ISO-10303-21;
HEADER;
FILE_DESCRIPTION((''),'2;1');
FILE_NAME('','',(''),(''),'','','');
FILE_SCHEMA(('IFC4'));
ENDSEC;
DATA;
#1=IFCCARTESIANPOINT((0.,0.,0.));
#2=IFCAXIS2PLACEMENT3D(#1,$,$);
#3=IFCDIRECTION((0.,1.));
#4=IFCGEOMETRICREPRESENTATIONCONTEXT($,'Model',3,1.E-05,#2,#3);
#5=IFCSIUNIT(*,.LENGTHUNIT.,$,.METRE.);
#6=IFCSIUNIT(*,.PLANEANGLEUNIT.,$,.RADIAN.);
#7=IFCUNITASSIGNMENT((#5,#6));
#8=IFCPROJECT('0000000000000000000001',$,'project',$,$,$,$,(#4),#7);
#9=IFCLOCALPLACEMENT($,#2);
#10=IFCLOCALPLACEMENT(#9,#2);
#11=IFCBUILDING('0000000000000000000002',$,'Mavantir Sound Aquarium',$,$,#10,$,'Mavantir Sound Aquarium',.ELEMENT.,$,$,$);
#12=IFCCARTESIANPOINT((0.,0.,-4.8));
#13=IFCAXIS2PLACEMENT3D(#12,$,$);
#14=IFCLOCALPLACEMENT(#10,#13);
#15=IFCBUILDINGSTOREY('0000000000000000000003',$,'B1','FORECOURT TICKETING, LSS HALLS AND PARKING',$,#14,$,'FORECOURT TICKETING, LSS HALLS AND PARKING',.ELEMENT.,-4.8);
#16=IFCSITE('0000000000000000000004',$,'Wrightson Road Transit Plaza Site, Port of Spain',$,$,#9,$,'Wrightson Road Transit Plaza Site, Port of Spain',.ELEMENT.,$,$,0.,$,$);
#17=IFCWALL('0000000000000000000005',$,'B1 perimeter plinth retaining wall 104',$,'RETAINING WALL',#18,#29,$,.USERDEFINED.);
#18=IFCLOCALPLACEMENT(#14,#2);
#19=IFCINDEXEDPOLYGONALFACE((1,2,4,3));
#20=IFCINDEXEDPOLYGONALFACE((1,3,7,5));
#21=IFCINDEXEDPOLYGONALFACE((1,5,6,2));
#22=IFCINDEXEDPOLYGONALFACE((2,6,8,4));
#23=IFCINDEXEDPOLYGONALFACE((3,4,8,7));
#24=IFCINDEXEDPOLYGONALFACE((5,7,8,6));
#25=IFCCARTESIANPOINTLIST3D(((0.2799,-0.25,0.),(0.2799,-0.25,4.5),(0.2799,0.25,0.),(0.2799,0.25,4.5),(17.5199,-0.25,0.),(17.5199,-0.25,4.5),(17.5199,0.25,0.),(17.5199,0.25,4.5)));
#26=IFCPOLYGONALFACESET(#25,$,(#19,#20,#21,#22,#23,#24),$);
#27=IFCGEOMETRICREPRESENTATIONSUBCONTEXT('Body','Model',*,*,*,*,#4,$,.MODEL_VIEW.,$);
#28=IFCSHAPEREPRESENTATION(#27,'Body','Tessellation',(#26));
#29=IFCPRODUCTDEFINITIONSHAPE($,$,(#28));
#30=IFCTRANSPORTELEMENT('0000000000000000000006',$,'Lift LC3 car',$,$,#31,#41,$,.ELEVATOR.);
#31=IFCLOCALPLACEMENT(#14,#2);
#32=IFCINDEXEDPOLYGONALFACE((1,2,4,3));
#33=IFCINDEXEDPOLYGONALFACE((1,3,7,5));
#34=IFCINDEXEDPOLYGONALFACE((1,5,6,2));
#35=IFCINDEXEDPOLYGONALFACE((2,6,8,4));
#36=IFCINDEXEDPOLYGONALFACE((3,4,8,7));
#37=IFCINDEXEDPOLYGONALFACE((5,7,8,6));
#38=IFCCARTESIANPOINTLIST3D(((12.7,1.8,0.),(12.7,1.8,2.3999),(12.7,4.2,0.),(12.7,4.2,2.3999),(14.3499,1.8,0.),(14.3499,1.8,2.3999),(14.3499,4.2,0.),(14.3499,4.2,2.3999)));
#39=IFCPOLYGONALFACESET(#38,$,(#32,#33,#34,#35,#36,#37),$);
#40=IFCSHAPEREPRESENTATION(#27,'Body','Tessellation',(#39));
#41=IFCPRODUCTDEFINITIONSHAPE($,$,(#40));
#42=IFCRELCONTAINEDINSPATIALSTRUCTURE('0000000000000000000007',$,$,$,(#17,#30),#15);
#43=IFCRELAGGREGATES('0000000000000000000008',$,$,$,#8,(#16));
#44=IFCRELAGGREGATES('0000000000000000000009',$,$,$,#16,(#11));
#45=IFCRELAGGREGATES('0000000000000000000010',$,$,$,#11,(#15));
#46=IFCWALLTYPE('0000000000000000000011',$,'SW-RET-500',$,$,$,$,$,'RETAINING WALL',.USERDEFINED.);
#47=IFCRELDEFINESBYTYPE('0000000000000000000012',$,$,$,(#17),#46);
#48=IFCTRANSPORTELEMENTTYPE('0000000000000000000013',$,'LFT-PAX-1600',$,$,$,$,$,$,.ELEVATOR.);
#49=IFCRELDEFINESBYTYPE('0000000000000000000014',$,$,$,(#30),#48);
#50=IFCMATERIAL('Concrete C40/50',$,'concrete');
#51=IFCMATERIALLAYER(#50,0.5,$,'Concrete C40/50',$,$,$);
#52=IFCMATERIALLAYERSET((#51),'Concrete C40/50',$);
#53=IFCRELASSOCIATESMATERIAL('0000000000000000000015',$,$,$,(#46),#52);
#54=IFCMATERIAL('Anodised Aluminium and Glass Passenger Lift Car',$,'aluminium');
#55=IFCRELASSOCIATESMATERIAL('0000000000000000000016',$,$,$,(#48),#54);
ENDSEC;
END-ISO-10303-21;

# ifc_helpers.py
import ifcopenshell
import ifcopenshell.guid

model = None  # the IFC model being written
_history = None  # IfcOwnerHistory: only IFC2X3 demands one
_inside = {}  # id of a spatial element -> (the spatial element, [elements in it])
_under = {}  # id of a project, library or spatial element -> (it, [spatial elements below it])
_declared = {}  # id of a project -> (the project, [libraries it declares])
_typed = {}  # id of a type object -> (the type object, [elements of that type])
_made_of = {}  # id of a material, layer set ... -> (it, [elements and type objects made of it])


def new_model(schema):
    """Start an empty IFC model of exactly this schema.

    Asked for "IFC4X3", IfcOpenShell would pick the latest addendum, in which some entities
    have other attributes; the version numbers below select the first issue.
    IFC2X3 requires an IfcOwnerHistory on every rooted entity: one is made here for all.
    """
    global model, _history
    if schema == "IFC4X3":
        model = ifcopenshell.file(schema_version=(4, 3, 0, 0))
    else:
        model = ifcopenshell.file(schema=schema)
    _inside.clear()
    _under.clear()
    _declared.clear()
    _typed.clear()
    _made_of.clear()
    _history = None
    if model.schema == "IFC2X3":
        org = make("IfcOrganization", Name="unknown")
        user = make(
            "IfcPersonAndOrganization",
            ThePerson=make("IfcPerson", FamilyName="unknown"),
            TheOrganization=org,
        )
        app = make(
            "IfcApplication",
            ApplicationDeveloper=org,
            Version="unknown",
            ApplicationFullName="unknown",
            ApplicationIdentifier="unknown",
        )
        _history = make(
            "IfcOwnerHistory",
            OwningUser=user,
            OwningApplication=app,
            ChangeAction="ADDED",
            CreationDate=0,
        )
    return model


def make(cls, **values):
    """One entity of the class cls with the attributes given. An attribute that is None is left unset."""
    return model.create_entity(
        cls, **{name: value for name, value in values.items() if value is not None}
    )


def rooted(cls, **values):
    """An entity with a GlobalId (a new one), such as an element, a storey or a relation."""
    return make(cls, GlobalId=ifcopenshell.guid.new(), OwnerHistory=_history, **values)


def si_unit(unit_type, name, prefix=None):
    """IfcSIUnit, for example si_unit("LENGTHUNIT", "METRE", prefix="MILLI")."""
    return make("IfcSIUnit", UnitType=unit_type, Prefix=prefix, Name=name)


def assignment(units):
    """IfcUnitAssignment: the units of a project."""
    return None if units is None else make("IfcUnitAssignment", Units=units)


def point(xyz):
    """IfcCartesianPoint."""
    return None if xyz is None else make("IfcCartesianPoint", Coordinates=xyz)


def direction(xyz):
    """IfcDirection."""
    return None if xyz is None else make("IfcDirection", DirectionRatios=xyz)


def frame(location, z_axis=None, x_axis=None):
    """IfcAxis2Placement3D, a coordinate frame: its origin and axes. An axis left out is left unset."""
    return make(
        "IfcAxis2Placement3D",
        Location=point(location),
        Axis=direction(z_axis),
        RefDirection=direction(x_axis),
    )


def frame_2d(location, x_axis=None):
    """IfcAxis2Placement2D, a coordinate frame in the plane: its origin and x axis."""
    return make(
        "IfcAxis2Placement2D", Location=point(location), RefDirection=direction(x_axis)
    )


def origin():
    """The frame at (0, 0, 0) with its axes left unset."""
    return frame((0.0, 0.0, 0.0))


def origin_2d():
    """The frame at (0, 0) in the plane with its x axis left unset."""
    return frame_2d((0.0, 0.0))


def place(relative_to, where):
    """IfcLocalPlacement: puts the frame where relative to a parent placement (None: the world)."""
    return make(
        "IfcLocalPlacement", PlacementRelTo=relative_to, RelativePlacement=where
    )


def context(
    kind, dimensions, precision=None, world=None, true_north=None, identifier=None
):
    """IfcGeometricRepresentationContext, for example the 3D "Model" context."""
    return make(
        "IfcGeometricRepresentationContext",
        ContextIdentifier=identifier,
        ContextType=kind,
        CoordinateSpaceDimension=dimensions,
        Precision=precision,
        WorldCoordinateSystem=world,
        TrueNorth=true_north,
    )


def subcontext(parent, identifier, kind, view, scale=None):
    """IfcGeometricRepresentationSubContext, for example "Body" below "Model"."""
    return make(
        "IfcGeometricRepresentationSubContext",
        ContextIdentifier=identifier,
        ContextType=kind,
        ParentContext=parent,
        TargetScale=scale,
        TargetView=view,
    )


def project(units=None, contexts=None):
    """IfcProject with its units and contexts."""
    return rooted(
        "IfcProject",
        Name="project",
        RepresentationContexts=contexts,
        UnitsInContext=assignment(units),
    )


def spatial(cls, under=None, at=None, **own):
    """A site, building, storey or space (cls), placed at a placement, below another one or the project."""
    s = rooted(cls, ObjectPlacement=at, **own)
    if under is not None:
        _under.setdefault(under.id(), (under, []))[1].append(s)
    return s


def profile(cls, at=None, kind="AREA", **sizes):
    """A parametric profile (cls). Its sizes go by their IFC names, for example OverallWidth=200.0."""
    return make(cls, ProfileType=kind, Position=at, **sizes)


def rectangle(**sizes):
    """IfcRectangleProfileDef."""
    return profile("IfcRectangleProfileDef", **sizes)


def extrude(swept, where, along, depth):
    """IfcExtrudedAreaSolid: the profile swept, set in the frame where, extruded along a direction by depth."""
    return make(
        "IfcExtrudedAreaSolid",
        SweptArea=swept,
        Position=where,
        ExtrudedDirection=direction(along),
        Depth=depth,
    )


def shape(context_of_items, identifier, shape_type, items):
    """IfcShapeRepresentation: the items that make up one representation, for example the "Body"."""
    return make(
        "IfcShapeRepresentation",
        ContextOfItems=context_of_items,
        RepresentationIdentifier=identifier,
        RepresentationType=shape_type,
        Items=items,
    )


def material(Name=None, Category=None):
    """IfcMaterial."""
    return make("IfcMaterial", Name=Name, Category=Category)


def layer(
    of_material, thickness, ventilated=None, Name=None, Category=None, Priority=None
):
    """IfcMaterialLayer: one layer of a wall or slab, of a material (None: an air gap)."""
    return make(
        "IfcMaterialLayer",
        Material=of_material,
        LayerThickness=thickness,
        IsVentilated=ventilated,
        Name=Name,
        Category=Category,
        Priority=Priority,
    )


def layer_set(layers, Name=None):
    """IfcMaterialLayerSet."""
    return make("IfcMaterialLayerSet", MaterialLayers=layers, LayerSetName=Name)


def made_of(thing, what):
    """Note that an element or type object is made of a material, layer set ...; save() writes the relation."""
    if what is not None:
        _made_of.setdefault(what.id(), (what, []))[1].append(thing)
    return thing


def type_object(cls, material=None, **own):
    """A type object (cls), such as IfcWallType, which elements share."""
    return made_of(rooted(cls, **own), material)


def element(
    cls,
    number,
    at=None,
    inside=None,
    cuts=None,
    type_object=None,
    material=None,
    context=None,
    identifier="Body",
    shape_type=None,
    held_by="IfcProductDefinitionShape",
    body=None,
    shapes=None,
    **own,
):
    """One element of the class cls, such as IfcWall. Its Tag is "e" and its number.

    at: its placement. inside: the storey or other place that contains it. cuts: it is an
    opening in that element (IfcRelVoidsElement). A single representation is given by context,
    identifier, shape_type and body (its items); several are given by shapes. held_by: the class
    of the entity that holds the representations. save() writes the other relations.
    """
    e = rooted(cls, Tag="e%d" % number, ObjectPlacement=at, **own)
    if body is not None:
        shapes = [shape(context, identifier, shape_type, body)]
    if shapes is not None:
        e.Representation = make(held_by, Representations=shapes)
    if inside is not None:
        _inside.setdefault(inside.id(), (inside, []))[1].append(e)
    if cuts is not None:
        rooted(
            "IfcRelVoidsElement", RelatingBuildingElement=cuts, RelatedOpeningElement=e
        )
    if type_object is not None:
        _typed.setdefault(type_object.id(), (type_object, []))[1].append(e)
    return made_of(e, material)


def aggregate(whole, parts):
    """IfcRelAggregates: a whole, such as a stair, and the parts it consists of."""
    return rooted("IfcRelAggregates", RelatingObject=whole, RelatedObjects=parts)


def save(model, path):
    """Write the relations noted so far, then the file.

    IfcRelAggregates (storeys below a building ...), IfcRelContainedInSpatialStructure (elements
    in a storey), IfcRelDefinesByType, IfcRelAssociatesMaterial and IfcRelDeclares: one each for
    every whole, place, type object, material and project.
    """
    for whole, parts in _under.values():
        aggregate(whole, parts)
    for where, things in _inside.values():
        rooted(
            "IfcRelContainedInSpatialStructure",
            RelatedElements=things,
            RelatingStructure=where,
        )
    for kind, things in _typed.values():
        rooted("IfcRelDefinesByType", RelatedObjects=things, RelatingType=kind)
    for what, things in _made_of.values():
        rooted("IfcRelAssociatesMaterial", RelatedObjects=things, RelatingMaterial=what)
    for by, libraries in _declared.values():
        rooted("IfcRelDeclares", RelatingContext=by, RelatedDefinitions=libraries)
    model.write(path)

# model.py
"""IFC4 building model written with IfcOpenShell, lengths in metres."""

from ifc_helpers import new_model, si_unit, direction, frame, frame_2d, origin, origin_2d, place, context, subcontext, project, spatial, rectangle, extrude, material, layer, layer_set, type_object, element, save


model = new_model("IFC4")

# Units and contexts
model_context = context("Model", 3, precision=1e-05, world=origin(), true_north=direction((0.0, 1.0)))
body_context = subcontext(model_context, "Body", "Model", "MODEL_VIEW")
ifc_project = project(units=[si_unit("LENGTHUNIT", "METRE"), si_unit("PLANEANGLEUNIT", "RADIAN")], contexts=[model_context])

# Site, building, storey
site_placement = place(None, origin())
site = spatial("IfcSite", under=ifc_project, at=site_placement, Name="Wrightson Road Transit Plaza Site, Port of Spain", LongName="Wrightson Road Transit Plaza Site, Port of Spain", CompositionType="ELEMENT", RefElevation=0.0)
building_placement = place(site_placement, origin())
building = spatial("IfcBuilding", under=site, at=building_placement, Name="Mavantir Sound Aquarium", LongName="Mavantir Sound Aquarium", CompositionType="ELEMENT")
storey_placement = place(building_placement, frame((0.0, 0.0, -4.8)))
storey = spatial("IfcBuildingStorey", under=building, at=storey_placement, Name="B1", Description="FORECOURT TICKETING, LSS HALLS AND PARKING", LongName="FORECOURT TICKETING, LSS HALLS AND PARKING", CompositionType="ELEMENT", Elevation=-4.8)

# Shared definitions
ifc_material_1 = material(Name="Concrete C40/50", Category="concrete")

# Wall
ifc_layer_1 = layer(ifc_material_1, 0.5, Name="Concrete C40/50")
ifc_layer_set_1 = layer_set([ifc_layer_1], Name="Concrete C40/50")
wall_type_1 = type_object("IfcWallType", Name="SW-RET-500", ElementType="RETAINING WALL", PredefinedType="USERDEFINED", material=ifc_layer_set_1)
wall_1_placement = place(storey_placement, frame((17.52, 0.0, 0.0), z_axis=(0.0, 0.0, 1.0), x_axis=(-1.0, 0.0, 0.0)))
element("IfcWall", 1, at=wall_1_placement, inside=storey, type_object=wall_type_1, Name="B1 perimeter plinth retaining wall 104", ObjectType="RETAINING WALL", PredefinedType="USERDEFINED", context=body_context, shape_type="SweptSolid", body=[
    extrude(rectangle(XDim=17.24, YDim=0.5, at=frame_2d((8.6201, 0.0))), origin(), (0.0, 0.0, 1.0), 4.5),
])

# Transport element
ifc_material_2 = material(Name="Anodised Aluminium and Glass Passenger Lift Car", Category="aluminium")
transport_element_type = type_object("IfcTransportElementType", Name="LFT-PAX-1600", PredefinedType="ELEVATOR", material=ifc_material_2)
transport_element_placement = place(storey_placement, frame((13.5249, 3.0, 0.0), z_axis=(0.0, 0.0, 1.0), x_axis=(1.0, 0.0, 0.0)))
element("IfcTransportElement", 2, at=transport_element_placement, inside=storey, type_object=transport_element_type, Name="Lift LC3 car", PredefinedType="ELEVATOR", context=body_context, shape_type="SweptSolid", body=[
    extrude(rectangle(XDim=1.6499, YDim=2.3999, at=origin_2d()), origin(), (0.0, 0.0, 1.0), 2.3999),
])

save(model, "model.ifc")
